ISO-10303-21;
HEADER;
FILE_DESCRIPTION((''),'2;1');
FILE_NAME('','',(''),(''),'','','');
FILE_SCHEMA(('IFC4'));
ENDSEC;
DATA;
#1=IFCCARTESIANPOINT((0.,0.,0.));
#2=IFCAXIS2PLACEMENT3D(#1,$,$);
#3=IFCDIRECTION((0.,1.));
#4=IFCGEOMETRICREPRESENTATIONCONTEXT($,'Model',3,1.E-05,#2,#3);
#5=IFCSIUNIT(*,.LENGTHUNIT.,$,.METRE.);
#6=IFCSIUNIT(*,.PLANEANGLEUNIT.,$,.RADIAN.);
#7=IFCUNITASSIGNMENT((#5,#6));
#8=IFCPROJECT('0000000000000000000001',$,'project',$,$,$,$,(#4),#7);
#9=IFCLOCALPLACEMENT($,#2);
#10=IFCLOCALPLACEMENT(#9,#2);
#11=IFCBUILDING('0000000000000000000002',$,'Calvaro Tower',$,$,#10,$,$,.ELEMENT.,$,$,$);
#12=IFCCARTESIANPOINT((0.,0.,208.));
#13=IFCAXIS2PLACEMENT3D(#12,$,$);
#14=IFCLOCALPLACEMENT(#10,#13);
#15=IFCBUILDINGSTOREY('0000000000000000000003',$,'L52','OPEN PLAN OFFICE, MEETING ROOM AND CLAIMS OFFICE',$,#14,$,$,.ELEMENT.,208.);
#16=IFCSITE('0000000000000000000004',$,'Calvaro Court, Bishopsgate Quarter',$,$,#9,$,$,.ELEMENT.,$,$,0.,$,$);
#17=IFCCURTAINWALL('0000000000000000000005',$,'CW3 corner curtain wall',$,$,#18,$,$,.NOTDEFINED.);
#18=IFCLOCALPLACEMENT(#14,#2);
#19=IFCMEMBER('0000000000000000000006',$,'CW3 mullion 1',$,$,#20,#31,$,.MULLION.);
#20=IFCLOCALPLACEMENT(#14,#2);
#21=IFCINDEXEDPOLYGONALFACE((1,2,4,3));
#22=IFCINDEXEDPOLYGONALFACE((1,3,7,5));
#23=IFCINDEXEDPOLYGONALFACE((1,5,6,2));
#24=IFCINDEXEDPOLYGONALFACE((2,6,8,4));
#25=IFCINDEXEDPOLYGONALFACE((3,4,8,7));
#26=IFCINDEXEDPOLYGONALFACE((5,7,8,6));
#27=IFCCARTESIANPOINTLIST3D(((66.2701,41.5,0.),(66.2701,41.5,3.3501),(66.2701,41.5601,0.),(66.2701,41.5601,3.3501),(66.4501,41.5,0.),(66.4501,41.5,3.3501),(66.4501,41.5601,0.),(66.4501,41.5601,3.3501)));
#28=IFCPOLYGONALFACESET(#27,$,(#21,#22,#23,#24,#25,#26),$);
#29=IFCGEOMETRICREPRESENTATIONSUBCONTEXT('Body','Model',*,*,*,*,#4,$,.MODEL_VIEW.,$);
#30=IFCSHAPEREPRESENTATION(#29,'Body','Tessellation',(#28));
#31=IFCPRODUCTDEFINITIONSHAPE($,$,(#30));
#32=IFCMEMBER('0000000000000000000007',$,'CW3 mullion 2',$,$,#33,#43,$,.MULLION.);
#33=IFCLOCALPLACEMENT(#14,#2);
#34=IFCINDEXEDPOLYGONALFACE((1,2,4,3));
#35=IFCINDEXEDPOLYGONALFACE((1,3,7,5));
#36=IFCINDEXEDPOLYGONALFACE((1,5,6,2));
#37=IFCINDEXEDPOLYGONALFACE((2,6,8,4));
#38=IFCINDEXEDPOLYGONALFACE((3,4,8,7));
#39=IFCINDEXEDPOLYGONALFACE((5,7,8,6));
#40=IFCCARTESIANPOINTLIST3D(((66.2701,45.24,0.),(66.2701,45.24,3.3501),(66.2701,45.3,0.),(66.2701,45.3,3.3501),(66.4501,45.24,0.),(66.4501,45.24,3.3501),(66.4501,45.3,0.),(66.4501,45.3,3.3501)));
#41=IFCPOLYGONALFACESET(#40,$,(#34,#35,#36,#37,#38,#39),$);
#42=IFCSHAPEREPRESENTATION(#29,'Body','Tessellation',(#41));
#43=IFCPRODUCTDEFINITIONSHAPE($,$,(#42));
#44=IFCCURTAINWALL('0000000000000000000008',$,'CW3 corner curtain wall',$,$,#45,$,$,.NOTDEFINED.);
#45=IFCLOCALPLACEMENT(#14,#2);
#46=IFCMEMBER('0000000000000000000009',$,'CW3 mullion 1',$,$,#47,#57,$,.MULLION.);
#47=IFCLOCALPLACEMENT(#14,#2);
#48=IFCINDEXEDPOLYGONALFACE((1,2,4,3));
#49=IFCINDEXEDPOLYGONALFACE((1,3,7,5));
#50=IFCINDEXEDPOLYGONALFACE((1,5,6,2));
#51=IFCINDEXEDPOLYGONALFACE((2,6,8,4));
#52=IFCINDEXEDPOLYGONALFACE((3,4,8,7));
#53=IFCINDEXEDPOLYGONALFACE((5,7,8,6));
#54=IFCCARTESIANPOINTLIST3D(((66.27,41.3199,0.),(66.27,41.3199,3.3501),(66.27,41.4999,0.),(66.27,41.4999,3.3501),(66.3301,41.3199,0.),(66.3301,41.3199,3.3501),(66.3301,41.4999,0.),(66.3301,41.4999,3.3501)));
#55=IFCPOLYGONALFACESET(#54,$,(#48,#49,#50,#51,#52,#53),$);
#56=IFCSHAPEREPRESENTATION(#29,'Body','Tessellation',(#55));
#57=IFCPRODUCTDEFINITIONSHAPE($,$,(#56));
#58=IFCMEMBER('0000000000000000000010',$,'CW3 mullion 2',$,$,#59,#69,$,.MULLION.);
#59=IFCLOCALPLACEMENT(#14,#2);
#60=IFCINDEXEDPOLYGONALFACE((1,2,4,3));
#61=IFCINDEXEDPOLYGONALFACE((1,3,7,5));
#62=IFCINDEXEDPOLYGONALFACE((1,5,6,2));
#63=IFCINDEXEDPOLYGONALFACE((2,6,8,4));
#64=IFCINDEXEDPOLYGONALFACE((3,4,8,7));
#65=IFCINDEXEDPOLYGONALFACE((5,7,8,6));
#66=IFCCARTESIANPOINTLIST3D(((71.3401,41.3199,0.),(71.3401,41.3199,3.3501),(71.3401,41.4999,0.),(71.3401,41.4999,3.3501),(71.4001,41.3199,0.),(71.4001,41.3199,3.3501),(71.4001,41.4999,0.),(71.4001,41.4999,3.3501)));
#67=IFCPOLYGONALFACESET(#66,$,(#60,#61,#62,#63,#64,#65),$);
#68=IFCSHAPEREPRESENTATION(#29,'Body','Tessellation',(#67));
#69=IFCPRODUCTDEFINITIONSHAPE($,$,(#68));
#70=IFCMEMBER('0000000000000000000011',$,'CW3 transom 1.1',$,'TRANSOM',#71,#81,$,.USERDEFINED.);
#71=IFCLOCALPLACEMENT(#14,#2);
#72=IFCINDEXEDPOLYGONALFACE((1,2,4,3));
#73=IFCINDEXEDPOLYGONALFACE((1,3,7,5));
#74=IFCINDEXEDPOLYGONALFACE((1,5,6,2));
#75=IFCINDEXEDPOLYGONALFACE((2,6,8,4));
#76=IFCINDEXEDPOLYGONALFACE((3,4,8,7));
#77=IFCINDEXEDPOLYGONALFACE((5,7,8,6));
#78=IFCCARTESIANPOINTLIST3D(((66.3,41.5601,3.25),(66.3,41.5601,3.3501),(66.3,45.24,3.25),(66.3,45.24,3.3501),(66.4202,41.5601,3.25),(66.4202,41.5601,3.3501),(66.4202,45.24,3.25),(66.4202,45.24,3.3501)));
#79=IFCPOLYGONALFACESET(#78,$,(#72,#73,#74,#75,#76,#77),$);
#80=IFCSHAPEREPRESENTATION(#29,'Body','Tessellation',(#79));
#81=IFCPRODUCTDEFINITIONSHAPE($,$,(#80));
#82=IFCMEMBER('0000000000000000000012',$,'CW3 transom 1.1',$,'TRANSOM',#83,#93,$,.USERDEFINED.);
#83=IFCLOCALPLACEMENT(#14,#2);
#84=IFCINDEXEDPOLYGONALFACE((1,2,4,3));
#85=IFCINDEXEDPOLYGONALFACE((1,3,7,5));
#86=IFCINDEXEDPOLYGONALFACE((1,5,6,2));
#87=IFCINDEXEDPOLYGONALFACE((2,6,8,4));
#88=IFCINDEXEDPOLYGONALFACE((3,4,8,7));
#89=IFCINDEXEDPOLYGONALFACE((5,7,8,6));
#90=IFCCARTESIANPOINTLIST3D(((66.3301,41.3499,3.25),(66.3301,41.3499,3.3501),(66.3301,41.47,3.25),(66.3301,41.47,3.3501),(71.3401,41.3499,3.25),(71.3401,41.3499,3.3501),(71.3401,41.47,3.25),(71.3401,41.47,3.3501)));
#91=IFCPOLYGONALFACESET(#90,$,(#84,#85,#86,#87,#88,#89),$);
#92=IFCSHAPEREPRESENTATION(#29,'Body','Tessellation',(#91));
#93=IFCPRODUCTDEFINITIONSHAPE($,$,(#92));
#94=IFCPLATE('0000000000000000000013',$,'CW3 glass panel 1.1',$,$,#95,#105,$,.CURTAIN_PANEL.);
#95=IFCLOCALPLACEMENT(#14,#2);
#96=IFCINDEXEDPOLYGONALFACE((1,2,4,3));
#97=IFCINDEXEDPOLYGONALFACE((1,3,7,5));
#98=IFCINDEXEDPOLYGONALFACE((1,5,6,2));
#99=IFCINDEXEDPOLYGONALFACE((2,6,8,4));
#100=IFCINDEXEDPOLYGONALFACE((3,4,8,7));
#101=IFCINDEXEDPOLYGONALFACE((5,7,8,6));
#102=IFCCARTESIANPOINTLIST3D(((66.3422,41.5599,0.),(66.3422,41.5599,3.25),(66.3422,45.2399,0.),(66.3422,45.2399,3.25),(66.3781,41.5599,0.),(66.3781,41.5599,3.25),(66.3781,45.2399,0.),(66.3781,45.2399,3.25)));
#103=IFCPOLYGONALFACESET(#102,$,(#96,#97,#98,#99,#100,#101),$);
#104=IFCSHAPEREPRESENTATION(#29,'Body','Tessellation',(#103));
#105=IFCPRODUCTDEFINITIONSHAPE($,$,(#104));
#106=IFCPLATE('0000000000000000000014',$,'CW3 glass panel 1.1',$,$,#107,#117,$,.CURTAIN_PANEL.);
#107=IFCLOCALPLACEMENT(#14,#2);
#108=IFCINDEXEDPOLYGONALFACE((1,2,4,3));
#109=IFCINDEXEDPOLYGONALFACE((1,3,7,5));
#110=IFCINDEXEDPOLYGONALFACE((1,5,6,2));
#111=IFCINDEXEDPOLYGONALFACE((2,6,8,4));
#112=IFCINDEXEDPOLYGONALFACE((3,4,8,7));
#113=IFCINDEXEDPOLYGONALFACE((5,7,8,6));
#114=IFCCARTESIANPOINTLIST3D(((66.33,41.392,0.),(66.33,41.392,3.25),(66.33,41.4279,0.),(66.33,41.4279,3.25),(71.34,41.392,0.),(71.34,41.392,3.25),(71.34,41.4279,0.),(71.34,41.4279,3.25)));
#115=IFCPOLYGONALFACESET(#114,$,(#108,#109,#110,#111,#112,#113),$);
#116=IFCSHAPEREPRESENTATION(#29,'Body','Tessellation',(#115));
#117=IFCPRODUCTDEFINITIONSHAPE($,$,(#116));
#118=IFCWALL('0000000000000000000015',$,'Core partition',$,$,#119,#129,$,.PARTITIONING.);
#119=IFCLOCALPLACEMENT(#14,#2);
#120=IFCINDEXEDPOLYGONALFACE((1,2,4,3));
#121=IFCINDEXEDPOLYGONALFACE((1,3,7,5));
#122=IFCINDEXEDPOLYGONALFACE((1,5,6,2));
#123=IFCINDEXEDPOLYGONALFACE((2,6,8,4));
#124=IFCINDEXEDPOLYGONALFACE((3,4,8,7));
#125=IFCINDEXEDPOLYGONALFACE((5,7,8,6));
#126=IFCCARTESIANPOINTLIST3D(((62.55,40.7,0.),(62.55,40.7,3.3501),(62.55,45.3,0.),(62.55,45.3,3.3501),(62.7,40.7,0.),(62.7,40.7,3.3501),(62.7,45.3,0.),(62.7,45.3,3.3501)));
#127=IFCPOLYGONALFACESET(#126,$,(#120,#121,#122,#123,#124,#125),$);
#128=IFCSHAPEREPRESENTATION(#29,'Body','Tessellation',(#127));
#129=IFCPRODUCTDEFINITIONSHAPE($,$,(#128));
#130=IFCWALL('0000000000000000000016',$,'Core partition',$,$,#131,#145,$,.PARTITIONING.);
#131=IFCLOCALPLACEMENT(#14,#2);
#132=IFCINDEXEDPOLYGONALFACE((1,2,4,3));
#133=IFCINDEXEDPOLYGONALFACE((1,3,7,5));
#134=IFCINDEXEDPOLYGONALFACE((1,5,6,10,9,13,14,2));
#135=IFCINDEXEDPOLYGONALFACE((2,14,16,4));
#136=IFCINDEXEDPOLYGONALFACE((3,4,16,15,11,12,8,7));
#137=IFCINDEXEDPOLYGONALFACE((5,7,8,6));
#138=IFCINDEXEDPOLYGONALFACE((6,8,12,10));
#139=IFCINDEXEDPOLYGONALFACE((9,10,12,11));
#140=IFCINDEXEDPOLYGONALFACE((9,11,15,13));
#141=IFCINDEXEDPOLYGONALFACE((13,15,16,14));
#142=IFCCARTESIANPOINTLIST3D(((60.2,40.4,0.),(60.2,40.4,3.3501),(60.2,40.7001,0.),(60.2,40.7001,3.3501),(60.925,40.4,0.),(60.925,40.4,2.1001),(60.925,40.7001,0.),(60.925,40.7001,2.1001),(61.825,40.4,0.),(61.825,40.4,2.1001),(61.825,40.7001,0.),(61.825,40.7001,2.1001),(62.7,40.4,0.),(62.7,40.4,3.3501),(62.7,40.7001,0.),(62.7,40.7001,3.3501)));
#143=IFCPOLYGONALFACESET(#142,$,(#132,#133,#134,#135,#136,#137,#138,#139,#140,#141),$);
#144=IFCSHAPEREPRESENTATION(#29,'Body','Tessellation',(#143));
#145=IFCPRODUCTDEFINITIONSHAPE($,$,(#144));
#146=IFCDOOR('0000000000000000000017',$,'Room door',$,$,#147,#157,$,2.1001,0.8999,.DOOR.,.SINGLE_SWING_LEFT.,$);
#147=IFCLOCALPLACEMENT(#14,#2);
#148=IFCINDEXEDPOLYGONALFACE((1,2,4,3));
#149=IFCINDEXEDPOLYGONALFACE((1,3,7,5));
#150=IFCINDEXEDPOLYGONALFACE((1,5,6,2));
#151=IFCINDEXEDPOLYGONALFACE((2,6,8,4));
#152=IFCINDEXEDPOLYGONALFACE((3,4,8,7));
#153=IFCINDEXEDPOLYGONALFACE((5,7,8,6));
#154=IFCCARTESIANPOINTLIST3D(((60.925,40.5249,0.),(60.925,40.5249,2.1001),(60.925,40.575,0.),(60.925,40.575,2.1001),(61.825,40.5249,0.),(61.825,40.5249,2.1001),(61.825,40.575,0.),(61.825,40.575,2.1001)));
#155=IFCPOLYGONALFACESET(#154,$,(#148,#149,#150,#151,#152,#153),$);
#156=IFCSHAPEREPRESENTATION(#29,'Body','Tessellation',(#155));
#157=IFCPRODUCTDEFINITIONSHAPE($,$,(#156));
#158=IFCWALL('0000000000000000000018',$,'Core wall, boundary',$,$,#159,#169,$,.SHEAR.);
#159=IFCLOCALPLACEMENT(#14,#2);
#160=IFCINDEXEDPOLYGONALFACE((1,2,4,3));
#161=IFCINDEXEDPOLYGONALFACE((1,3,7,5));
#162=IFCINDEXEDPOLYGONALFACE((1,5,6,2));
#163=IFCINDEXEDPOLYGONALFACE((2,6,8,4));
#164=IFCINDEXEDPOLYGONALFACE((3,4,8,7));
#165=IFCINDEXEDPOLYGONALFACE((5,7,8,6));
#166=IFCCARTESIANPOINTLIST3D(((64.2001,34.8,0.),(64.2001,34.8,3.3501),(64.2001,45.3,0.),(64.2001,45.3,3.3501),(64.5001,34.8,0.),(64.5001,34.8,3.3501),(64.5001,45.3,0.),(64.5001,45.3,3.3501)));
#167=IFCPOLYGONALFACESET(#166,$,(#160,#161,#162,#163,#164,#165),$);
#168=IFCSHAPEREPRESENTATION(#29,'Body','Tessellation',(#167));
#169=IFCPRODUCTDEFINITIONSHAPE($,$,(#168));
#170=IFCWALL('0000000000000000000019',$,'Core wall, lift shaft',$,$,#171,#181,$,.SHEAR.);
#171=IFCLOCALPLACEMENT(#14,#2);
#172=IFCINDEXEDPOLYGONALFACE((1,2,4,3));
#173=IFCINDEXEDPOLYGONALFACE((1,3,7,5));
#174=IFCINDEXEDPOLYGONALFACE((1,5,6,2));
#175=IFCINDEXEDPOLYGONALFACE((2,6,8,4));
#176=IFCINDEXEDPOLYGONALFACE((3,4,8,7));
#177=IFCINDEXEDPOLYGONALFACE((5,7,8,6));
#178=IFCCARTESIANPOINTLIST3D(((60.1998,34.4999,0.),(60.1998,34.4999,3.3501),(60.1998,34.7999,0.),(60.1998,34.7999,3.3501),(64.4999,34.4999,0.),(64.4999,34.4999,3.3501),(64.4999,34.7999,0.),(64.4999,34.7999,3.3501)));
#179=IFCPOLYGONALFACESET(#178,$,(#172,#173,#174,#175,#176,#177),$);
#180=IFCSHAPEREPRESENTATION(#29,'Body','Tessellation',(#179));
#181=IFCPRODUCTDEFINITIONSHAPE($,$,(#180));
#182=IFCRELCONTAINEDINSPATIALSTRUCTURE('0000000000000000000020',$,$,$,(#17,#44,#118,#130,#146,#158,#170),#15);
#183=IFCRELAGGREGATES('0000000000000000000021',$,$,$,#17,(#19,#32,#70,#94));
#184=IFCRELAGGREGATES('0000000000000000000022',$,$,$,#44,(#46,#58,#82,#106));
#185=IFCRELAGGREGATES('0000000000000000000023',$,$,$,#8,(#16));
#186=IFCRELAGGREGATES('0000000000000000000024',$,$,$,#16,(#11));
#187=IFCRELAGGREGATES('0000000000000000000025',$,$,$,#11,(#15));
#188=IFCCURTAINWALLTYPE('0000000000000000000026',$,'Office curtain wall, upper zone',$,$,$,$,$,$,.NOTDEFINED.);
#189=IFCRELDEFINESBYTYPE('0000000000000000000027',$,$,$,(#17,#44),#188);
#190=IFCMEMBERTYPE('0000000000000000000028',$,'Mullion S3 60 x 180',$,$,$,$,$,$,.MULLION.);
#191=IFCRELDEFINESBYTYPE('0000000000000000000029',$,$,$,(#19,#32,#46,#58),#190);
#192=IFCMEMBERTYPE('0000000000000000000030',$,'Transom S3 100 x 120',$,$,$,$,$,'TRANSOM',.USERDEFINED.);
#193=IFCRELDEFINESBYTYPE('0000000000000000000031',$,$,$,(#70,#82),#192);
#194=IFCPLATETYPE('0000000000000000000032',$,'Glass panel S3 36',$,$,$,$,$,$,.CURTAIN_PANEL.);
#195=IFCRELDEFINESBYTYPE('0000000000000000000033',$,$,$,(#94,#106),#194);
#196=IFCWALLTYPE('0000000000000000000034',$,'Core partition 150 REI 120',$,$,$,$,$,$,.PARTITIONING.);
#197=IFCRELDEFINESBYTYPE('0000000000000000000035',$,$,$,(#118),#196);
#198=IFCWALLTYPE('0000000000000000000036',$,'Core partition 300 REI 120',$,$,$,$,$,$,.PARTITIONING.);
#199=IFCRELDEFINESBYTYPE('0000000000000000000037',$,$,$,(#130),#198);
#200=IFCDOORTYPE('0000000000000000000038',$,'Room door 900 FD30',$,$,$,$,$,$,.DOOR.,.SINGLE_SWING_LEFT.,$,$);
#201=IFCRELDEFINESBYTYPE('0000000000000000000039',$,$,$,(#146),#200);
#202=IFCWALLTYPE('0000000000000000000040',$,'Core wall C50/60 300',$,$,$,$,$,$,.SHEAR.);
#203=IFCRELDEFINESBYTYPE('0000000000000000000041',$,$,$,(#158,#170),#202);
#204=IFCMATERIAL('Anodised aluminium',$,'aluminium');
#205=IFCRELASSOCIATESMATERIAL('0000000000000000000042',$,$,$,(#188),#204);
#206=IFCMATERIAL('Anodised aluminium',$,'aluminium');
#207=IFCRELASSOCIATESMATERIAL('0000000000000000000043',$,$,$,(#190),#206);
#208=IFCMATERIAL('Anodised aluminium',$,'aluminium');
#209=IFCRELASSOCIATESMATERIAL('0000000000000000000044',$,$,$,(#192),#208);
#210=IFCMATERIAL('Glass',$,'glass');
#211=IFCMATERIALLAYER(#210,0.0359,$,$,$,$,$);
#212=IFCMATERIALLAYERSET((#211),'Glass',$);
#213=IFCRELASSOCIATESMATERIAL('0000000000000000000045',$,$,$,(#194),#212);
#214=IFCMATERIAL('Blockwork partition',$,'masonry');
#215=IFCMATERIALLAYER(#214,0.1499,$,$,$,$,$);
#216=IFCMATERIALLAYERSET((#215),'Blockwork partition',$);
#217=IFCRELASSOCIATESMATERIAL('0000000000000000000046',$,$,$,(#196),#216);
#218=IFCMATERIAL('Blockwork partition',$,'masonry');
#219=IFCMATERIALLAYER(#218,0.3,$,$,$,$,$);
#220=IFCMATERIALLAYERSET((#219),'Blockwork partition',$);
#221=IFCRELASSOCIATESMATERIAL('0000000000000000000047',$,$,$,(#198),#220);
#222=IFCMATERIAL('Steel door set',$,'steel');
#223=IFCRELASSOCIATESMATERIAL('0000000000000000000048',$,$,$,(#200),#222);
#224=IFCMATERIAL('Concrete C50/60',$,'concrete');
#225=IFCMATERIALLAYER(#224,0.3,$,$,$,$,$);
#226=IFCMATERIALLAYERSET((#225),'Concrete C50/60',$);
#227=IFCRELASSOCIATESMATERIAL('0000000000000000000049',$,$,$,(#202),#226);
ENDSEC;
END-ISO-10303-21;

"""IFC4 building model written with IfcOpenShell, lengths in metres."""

from ifc_helpers import new_model, si_unit, direction, frame, frame_2d, origin, origin_2d, place, context, subcontext, project, spatial, rectangle, extrude, material, layer, layer_set, material_profile, profile_set, type_object, element, fill, aggregate, save


model = new_model("IFC4")

# Units and contexts
model_context = context("Model", 3, precision=1e-05, world=origin(), true_north=direction((0.0, 1.0)))
body_context = subcontext(model_context, "Body", "Model", "MODEL_VIEW")
ifc_project = project(units=[si_unit("LENGTHUNIT", "METRE"), si_unit("PLANEANGLEUNIT", "RADIAN")], contexts=[model_context])

# Site, building, storey
site_placement = place(None, origin())
site = spatial("IfcSite", under=ifc_project, at=site_placement, Name="Calvaro Court, Bishopsgate Quarter", CompositionType="ELEMENT", RefElevation=0.0)
building_placement = place(site_placement, origin())
building = spatial("IfcBuilding", under=site, at=building_placement, Name="Calvaro Tower", CompositionType="ELEMENT")
storey_placement = place(building_placement, frame((0.0, 0.0, 208.0)))
storey = spatial("IfcBuildingStorey", under=building, at=storey_placement, Name="L52", Description="OPEN PLAN OFFICE, MEETING ROOM AND CLAIMS OFFICE", CompositionType="ELEMENT", Elevation=208.0)

# Curtain walls, members
ifc_material_1 = material(Name="Anodised aluminium", Category="aluminium")
curtain_wall_type = type_object("IfcCurtainWallType", Name="Office curtain wall, upper zone", PredefinedType="NOTDEFINED", material=ifc_material_1)
curtain_wall_1_placement = place(storey_placement, origin())
curtain_wall_1 = element("IfcCurtainWall", 1, at=curtain_wall_1_placement, inside=storey, type_object=curtain_wall_type, Name="CW3 corner curtain wall", PredefinedType="NOTDEFINED")
ifc_material_2 = material(Name="Anodised aluminium", Category="aluminium")
ifc_material_profile_1 = material_profile(ifc_material_2, rectangle(XDim=0.1799, YDim=0.0601, at=origin_2d()), Name="Mullion S3 60 x 180")
ifc_profile_set_1 = profile_set([ifc_material_profile_1], Name="Anodised aluminium")
member_type_1 = type_object("IfcMemberType", Name="Mullion S3 60 x 180", PredefinedType="MULLION", material=ifc_profile_set_1)
member_1_placement = place(storey_placement, frame((66.3601, 41.53, 0.0), z_axis=(0.0, 0.0, 1.0), x_axis=(-1.0, 0.0, 0.0)))
member_1 = element("IfcMember", 2, at=member_1_placement, type_object=member_type_1, Name="CW3 mullion 1", PredefinedType="MULLION", context=body_context, shape_type="SweptSolid", body=[
    extrude(rectangle(XDim=0.1799, YDim=0.0601, at=origin_2d()), origin(), (0.0, 0.0, 1.0), 3.3501),
])
member_2_placement = place(storey_placement, frame((66.3601, 45.27, 0.0), z_axis=(0.0, 0.0, 1.0), x_axis=(-1.0, 0.0, 0.0)))
member_2 = element("IfcMember", 3, at=member_2_placement, type_object=member_type_1, Name="CW3 mullion 2", PredefinedType="MULLION", context=body_context, shape_type="SweptSolid", body=[
    extrude(rectangle(XDim=0.1799, YDim=0.0601, at=origin_2d()), origin(), (0.0, 0.0, 1.0), 3.3501),
])
curtain_wall_2_placement = place(storey_placement, origin())
curtain_wall_2 = element("IfcCurtainWall", 4, at=curtain_wall_2_placement, inside=storey, type_object=curtain_wall_type, Name="CW3 corner curtain wall", PredefinedType="NOTDEFINED")
member_3_placement = place(storey_placement, frame((66.3, 41.4099, 0.0), z_axis=(0.0, 0.0, 1.0), x_axis=(0.0, 1.0, 0.0)))
member_3 = element("IfcMember", 5, at=member_3_placement, type_object=member_type_1, Name="CW3 mullion 1", PredefinedType="MULLION", context=body_context, shape_type="SweptSolid", body=[
    extrude(rectangle(XDim=0.1799, YDim=0.0601, at=origin_2d()), origin(), (0.0, 0.0, 1.0), 3.3501),
])
member_4_placement = place(storey_placement, frame((71.3701, 41.4099, 0.0), z_axis=(0.0, 0.0, 1.0), x_axis=(0.0, 1.0, 0.0)))
member_4 = element("IfcMember", 6, at=member_4_placement, type_object=member_type_1, Name="CW3 mullion 2", PredefinedType="MULLION", context=body_context, shape_type="SweptSolid", body=[
    extrude(rectangle(XDim=0.1799, YDim=0.0601, at=origin_2d()), origin(), (0.0, 0.0, 1.0), 3.3501),
])

# Members
ifc_material_3 = material(Name="Anodised aluminium", Category="aluminium")
ifc_material_profile_2 = material_profile(ifc_material_3, rectangle(XDim=0.1201, YDim=0.1001, at=origin_2d()), Name="Transom S3 100 x 120")
ifc_profile_set_2 = profile_set([ifc_material_profile_2], Name="Anodised aluminium")
member_type_2 = type_object("IfcMemberType", Name="Transom S3 100 x 120", ElementType="TRANSOM", PredefinedType="USERDEFINED", material=ifc_profile_set_2)
member_5_placement = place(storey_placement, frame((66.3601, 41.5601, 3.3), z_axis=(0.0, 1.0, 0.0), x_axis=(-1.0, 0.0, 0.0)))
member_5 = element("IfcMember", 7, at=member_5_placement, type_object=member_type_2, Name="CW3 transom 1.1", ObjectType="TRANSOM", PredefinedType="USERDEFINED", context=body_context, shape_type="SweptSolid", body=[
    extrude(rectangle(XDim=0.1201, YDim=0.1001, at=origin_2d()), origin(), (0.0, 0.0, 1.0), 3.6799),
])
member_6_placement = place(storey_placement, frame((66.3301, 41.4099, 3.3), z_axis=(1.0, 0.0, 0.0), x_axis=(0.0, 1.0, 0.0)))
member_6 = element("IfcMember", 8, at=member_6_placement, type_object=member_type_2, Name="CW3 transom 1.1", ObjectType="TRANSOM", PredefinedType="USERDEFINED", context=body_context, shape_type="SweptSolid", body=[
    extrude(rectangle(XDim=0.1201, YDim=0.1001, at=origin_2d()), origin(), (0.0, 0.0, 1.0), 5.01),
])

# Plates
ifc_material_4 = material(Name="Glass", Category="glass")
ifc_layer_1 = layer(ifc_material_4, 0.0359)
ifc_layer_set_1 = layer_set([ifc_layer_1], Name="Glass")
plate_type = type_object("IfcPlateType", Name="Glass panel S3 36", PredefinedType="CURTAIN_PANEL", material=ifc_layer_set_1)
plate_1_placement = place(storey_placement, frame((66.3601, 43.3999, 0.0), z_axis=(0.0, 0.0, 1.0), x_axis=(0.0, 1.0, 0.0)))
plate_1 = element("IfcPlate", 9, at=plate_1_placement, type_object=plate_type, Name="CW3 glass panel 1.1", PredefinedType="CURTAIN_PANEL", context=body_context, shape_type="SweptSolid", body=[
    extrude(rectangle(XDim=3.6799, YDim=0.0359, at=origin_2d()), origin(), (0.0, 0.0, 1.0), 3.25),
])
aggregate(curtain_wall_1, [member_1, member_2, member_5, plate_1])
plate_2_placement = place(storey_placement, frame((68.835, 41.4099, 0.0), z_axis=(0.0, 0.0, 1.0), x_axis=(1.0, 0.0, 0.0)))
plate_2 = element("IfcPlate", 10, at=plate_2_placement, type_object=plate_type, Name="CW3 glass panel 1.1", PredefinedType="CURTAIN_PANEL", context=body_context, shape_type="SweptSolid", body=[
    extrude(rectangle(XDim=5.01, YDim=0.0359, at=origin_2d()), origin(), (0.0, 0.0, 1.0), 3.25),
])
aggregate(curtain_wall_2, [member_3, member_4, member_6, plate_2])

# Wall
ifc_material_5 = material(Name="Blockwork partition", Category="masonry")
ifc_layer_2 = layer(ifc_material_5, 0.1499)
ifc_layer_set_2 = layer_set([ifc_layer_2], Name="Blockwork partition")
wall_type_1 = type_object("IfcWallType", Name="Core partition 150 REI 120", PredefinedType="PARTITIONING", material=ifc_layer_set_2)
wall_1_placement = place(storey_placement, frame((62.625, 40.7, 0.0), z_axis=(0.0, 0.0, 1.0), x_axis=(0.0, 1.0, 0.0)))
element("IfcWall", 11, at=wall_1_placement, inside=storey, type_object=wall_type_1, Name="Core partition", PredefinedType="PARTITIONING", context=body_context, shape_type="SweptSolid", body=[
    extrude(rectangle(XDim=4.6001, YDim=0.1499, at=frame_2d((2.3, 0.0))), origin(), (0.0, 0.0, 1.0), 3.3501),
])

# Wall, opening, door
ifc_material_6 = material(Name="Blockwork partition", Category="masonry")
ifc_layer_3 = layer(ifc_material_6, 0.3)
ifc_layer_set_3 = layer_set([ifc_layer_3], Name="Blockwork partition")
wall_type_2 = type_object("IfcWallType", Name="Core partition 300 REI 120", PredefinedType="PARTITIONING", material=ifc_layer_set_3)
wall_2_placement = place(storey_placement, frame((60.2, 40.55, 0.0), z_axis=(0.0, 0.0, 1.0), x_axis=(1.0, 0.0, 0.0)))
wall_2 = element("IfcWall", 12, at=wall_2_placement, inside=storey, type_object=wall_type_2, Name="Core partition", PredefinedType="PARTITIONING", context=body_context, shape_type="SweptSolid", body=[
    extrude(rectangle(XDim=2.5, YDim=0.3, at=frame_2d((1.25, 0.0))), origin(), (0.0, 0.0, 1.0), 3.3501),
])
opening_1_placement = place(wall_2_placement, frame((0.7251, 0.0, 0.0)))
opening_1 = element("IfcOpeningElement", 13, at=opening_1_placement, cuts=wall_2, PredefinedType="OPENING", context=body_context, shape_type="SweptSolid", body=[
    extrude(rectangle(XDim=0.8999, YDim=2.1001, at=frame_2d((0.45, 1.05))), frame((0.0, 0.1599, 0.0), z_axis=(0.0, -1.0, 0.0), x_axis=(1.0, 0.0, 0.0)), (0.0, 0.0, 1.0), 0.3201),
])
ifc_material_7 = material(Name="Steel door set", Category="steel")
door_type_1 = type_object("IfcDoorType", Name="Room door 900 FD30", OperationType="SINGLE_SWING_LEFT", PredefinedType="DOOR", material=ifc_material_7)
door_1_placement = place(opening_1_placement, origin())
door_1 = element("IfcDoor", 14, at=door_1_placement, inside=storey, type_object=door_type_1, Name="Room door", OperationType="SINGLE_SWING_LEFT", OverallHeight=2.1001, OverallWidth=0.8999, PredefinedType="DOOR", context=body_context, shape_type="SweptSolid", body=[
    extrude(rectangle(XDim=0.8999, YDim=2.1001, at=frame_2d((0.45, 1.05))), frame((0.0, 0.0249, 0.0), z_axis=(0.0, -1.0, 0.0), x_axis=(1.0, 0.0, 0.0)), (0.0, 0.0, 1.0), 0.05),
])
fill(opening_1, door_1)

# Walls
ifc_material_8 = material(Name="Concrete C50/60", Category="concrete")
ifc_layer_4 = layer(ifc_material_8, 0.3)
ifc_layer_set_4 = layer_set([ifc_layer_4], Name="Concrete C50/60")
wall_type_3 = type_object("IfcWallType", Name="Core wall C50/60 300", PredefinedType="SHEAR", material=ifc_layer_set_4)
wall_3_placement = place(storey_placement, frame((64.3501, 34.8, 0.0), z_axis=(0.0, 0.0, 1.0), x_axis=(0.0, 1.0, 0.0)))
element("IfcWall", 15, at=wall_3_placement, inside=storey, type_object=wall_type_3, Name="Core wall, boundary", PredefinedType="SHEAR", context=body_context, shape_type="SweptSolid", body=[
    extrude(rectangle(XDim=10.5, YDim=0.3, at=frame_2d((5.25, 0.0))), origin(), (0.0, 0.0, 1.0), 3.3501),
])
wall_4_placement = place(storey_placement, frame((60.2, 34.6499, 0.0), z_axis=(0.0, 0.0, 1.0), x_axis=(1.0, 0.0, 0.0)))
element("IfcWall", 16, at=wall_4_placement, inside=storey, type_object=wall_type_3, Name="Core wall, lift shaft", PredefinedType="SHEAR", context=body_context, shape_type="SweptSolid", body=[
    extrude(rectangle(XDim=4.3, YDim=0.3, at=frame_2d((2.1499, 0.0))), origin(), (0.0, 0.0, 1.0), 3.3501),
])

save(model, "model.ifc")
